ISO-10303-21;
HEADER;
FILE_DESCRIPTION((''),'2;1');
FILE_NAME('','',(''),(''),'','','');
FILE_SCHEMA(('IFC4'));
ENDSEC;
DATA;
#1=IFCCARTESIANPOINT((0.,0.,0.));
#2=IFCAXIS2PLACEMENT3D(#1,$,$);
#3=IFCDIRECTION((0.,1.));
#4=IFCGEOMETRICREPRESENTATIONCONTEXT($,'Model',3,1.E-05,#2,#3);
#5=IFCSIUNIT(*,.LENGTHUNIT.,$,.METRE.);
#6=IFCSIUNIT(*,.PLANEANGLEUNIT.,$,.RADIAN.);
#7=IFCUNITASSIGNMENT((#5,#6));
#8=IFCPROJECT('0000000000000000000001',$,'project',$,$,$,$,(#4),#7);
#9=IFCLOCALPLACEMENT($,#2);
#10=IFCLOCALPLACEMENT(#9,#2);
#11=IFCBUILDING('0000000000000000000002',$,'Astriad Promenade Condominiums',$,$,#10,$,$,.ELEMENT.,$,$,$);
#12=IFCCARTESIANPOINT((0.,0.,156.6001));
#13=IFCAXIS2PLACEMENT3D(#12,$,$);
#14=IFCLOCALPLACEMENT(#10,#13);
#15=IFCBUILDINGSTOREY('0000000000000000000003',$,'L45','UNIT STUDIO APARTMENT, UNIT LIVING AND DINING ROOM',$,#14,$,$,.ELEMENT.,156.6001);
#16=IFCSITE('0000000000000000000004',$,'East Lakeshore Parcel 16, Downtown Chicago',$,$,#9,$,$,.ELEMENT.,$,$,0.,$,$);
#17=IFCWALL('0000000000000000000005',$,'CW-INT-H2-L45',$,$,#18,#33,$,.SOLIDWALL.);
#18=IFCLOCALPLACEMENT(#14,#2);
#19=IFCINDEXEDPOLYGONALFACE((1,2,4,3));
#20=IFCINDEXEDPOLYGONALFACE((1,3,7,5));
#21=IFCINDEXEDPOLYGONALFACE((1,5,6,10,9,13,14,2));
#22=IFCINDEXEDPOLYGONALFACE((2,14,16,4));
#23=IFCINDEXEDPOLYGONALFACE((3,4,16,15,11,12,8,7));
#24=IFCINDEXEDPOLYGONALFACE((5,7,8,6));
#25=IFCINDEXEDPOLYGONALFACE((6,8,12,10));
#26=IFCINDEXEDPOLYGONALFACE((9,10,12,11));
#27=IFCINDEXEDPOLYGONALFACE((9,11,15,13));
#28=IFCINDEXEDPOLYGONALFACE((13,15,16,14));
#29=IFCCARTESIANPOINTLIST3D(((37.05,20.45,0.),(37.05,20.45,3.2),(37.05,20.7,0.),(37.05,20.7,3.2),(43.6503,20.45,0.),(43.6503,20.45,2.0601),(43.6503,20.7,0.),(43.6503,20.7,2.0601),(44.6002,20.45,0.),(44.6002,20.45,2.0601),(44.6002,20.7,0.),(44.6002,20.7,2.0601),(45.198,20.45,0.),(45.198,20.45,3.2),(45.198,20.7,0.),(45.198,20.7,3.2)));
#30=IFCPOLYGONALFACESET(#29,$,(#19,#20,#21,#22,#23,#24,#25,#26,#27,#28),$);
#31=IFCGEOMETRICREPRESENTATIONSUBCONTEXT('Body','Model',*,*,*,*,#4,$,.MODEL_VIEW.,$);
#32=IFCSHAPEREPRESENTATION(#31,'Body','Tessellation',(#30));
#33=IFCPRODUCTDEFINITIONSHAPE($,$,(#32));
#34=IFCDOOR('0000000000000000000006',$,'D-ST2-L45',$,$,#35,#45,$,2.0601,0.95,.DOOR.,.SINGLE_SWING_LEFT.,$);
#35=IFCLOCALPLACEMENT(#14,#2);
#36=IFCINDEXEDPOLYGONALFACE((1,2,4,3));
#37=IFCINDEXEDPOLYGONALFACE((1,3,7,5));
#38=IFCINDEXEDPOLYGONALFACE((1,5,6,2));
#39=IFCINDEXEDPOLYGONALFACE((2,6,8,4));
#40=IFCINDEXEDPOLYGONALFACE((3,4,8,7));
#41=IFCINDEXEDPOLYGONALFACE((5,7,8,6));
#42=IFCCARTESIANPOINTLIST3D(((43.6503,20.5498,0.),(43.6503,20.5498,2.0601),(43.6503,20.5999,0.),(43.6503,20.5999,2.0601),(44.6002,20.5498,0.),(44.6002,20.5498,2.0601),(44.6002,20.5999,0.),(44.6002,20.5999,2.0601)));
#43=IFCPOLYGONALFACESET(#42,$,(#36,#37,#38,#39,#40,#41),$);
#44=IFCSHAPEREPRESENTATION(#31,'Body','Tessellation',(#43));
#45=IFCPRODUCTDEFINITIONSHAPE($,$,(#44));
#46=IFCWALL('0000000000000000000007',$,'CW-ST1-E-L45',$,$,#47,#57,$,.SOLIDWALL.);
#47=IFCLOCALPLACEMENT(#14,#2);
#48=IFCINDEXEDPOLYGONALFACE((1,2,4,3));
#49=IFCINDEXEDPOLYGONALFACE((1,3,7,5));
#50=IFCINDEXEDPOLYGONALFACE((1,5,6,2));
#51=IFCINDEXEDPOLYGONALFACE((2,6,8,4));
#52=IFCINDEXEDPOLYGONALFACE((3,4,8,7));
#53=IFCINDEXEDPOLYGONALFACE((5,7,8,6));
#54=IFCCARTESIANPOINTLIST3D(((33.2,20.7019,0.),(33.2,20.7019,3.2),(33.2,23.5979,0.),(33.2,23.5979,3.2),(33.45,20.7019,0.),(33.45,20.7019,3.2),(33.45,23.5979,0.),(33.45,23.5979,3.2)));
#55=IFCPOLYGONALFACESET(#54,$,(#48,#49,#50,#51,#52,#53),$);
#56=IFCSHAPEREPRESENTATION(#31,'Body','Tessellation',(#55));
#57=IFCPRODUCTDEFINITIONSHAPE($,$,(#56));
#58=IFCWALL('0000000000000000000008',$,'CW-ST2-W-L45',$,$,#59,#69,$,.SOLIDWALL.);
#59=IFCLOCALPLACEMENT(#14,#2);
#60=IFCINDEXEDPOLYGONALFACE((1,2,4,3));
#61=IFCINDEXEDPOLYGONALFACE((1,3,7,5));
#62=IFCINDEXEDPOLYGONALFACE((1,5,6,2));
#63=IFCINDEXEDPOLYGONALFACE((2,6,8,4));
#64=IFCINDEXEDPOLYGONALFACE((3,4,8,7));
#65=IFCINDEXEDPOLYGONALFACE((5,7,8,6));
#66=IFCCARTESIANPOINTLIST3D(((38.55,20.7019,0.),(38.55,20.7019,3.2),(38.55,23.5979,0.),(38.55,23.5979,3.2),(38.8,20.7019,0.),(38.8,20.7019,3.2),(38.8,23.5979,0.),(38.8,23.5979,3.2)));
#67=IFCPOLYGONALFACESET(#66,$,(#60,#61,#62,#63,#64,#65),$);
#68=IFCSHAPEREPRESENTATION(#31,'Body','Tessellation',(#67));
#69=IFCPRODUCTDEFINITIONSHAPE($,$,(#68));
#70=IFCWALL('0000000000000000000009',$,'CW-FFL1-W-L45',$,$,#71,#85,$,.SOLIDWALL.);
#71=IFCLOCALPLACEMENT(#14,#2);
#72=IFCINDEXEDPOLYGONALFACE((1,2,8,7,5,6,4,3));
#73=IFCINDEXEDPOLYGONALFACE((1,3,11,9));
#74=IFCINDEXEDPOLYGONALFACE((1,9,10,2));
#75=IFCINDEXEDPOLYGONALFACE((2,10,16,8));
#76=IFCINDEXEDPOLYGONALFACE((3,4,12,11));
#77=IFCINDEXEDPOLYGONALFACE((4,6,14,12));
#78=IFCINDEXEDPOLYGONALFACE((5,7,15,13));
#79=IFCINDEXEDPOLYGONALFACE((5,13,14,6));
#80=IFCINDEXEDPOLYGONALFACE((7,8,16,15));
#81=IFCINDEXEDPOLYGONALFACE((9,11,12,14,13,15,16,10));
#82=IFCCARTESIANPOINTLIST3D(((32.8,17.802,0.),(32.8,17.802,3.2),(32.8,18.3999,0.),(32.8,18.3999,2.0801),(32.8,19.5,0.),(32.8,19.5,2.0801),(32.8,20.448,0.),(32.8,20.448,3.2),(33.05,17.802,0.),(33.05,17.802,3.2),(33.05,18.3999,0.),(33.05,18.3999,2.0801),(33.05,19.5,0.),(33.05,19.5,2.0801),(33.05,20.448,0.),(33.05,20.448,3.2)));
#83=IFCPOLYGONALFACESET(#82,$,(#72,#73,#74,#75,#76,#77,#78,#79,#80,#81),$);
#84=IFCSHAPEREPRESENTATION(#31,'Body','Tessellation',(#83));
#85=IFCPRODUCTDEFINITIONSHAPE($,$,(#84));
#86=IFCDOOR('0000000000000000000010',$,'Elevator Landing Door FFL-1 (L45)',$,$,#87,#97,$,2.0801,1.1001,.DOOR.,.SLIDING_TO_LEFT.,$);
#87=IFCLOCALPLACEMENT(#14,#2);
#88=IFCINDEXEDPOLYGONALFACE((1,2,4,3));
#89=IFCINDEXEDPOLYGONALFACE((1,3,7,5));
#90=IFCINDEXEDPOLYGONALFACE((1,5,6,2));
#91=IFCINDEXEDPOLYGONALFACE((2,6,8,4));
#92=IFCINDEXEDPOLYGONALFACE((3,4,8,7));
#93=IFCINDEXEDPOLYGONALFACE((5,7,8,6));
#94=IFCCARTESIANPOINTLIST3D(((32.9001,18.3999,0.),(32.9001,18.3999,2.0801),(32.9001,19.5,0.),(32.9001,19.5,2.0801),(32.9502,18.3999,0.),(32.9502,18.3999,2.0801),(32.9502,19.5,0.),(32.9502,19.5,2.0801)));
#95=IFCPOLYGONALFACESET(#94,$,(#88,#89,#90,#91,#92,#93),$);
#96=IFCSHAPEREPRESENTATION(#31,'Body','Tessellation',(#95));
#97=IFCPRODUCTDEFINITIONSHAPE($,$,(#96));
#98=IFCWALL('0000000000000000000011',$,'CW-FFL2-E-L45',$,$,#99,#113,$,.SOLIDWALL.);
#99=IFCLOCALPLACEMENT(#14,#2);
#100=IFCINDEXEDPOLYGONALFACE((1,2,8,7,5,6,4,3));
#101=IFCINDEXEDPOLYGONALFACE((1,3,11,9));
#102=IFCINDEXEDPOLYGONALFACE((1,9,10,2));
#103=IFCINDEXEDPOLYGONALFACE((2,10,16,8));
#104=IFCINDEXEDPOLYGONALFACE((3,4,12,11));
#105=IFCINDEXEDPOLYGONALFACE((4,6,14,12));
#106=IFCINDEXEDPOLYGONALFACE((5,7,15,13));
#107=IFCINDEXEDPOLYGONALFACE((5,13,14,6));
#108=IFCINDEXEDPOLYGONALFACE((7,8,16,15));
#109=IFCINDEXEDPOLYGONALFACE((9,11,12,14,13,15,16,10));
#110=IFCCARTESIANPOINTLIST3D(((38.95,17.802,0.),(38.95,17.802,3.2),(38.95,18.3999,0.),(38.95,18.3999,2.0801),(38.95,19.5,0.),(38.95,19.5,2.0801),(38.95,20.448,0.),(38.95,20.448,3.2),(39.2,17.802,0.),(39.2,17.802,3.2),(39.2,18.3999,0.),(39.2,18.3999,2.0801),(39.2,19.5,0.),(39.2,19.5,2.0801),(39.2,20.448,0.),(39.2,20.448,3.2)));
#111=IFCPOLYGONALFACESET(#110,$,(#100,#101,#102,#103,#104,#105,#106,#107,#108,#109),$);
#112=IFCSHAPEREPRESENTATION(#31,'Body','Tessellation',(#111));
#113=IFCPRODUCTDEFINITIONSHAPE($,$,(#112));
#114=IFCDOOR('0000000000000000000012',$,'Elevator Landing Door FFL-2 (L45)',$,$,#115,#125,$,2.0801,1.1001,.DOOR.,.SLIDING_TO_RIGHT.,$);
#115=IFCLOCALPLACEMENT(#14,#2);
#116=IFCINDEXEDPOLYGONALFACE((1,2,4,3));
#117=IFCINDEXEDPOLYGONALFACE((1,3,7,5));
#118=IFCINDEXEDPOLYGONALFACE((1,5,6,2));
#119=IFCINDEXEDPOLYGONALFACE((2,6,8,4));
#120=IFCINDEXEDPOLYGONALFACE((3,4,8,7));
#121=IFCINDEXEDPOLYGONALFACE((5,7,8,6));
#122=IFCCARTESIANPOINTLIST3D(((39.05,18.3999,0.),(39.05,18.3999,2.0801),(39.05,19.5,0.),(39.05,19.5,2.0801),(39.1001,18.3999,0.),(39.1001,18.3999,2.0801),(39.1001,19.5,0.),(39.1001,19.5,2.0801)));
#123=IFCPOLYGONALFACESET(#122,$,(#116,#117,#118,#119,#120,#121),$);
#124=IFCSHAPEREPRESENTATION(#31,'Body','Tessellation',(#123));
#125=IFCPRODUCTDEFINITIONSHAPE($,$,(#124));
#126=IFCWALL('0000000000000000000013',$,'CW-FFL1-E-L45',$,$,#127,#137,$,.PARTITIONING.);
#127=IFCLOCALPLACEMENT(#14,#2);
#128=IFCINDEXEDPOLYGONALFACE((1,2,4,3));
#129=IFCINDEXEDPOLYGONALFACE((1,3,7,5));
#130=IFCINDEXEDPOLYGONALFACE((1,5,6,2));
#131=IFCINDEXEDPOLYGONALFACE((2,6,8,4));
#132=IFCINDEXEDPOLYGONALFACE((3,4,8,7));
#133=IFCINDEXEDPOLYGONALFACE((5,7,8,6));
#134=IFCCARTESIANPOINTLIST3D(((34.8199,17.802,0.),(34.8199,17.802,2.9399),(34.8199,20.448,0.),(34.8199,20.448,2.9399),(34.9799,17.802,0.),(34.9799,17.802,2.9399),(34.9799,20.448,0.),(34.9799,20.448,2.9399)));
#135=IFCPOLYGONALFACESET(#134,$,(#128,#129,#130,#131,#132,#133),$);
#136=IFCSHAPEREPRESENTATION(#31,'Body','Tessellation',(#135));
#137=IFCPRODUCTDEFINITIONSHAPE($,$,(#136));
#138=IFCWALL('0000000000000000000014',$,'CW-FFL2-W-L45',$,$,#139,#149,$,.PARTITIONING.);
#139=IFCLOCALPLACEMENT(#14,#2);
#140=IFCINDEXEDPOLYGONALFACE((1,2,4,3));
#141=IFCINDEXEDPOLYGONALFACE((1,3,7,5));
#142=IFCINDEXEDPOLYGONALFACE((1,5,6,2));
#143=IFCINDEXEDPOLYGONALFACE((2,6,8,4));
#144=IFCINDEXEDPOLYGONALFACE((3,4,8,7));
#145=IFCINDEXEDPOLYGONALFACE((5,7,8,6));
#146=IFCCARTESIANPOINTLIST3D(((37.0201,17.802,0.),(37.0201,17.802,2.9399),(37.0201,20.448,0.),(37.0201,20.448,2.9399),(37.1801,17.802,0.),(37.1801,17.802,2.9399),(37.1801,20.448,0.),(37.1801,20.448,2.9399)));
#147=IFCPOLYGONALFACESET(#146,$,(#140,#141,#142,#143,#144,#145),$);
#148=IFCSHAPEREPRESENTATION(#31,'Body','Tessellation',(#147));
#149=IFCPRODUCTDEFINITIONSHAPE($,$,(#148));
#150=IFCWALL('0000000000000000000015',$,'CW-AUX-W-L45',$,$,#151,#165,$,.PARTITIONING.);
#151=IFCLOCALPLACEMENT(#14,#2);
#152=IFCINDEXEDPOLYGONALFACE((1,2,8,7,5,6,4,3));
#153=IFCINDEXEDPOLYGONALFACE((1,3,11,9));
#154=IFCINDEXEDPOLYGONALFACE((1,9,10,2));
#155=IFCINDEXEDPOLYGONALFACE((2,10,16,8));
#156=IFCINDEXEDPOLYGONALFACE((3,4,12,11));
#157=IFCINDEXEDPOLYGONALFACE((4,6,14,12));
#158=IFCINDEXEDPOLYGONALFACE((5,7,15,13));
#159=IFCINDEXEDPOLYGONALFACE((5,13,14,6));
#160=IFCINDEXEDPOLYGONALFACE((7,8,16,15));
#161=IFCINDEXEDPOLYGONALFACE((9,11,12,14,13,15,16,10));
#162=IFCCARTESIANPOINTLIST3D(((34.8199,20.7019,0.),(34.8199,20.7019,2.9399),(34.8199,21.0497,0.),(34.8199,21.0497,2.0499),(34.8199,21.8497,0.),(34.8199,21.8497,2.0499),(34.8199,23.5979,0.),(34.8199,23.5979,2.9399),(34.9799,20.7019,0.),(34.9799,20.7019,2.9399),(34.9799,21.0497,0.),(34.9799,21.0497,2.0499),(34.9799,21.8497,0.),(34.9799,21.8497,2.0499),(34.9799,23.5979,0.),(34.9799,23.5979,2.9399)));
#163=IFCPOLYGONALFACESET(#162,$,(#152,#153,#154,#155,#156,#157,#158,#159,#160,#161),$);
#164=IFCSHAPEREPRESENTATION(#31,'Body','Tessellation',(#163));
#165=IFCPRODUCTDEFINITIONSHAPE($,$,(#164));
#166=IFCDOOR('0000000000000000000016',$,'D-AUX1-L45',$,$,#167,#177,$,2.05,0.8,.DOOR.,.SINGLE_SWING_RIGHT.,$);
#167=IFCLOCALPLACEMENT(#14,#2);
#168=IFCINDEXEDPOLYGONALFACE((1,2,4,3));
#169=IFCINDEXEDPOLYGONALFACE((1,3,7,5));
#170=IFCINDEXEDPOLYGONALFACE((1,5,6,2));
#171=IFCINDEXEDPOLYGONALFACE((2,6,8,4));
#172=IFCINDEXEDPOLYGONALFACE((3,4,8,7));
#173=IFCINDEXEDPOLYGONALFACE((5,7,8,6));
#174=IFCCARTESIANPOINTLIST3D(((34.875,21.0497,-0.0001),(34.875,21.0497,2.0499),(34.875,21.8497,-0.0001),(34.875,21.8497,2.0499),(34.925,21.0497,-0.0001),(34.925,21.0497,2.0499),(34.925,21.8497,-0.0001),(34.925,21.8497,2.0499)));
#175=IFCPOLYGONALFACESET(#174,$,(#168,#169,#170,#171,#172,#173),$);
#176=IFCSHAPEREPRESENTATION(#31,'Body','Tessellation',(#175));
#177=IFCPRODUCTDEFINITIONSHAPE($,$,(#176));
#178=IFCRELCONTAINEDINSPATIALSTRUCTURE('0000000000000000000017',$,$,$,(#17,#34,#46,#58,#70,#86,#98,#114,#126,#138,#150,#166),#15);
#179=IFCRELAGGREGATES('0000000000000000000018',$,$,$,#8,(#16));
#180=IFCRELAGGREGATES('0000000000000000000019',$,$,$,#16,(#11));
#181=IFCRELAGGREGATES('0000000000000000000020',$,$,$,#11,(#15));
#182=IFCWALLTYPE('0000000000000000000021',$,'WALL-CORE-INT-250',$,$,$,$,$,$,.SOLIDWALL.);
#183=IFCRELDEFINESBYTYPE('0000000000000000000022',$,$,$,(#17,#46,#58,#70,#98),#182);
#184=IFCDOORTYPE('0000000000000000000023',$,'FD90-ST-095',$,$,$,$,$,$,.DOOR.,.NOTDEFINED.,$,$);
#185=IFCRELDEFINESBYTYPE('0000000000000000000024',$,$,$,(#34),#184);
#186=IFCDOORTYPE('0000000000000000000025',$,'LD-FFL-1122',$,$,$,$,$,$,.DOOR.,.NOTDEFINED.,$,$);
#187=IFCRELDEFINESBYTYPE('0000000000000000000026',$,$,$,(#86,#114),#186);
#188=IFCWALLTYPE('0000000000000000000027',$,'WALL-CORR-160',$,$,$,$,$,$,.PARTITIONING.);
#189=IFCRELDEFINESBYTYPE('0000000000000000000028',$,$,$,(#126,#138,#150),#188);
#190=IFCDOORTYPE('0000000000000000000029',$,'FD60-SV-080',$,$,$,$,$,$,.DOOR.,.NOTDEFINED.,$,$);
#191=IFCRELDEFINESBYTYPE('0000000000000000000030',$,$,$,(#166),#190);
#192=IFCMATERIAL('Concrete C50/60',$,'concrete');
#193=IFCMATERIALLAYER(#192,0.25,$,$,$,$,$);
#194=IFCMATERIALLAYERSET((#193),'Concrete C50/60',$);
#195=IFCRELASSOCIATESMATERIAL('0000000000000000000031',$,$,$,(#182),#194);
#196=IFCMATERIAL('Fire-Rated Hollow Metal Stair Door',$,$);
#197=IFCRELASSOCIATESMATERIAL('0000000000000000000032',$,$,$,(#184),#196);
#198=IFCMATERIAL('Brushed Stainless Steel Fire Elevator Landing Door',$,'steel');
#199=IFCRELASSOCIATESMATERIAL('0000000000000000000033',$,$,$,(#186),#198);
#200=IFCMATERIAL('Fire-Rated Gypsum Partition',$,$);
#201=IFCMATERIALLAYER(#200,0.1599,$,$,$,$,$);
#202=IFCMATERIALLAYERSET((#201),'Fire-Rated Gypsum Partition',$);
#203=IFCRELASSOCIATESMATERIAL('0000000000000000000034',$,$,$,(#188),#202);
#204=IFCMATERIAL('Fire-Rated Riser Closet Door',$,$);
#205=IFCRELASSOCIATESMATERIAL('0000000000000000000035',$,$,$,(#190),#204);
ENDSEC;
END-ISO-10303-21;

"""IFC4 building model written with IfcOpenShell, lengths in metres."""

from ifc_helpers import new_model, si_unit, direction, frame, frame_2d, origin, place, context, subcontext, project, spatial, rectangle, extrude, source, transform, mapped, material, layer, layer_set, type_object, type_shapes, element, fill, save


model = new_model("IFC4")

# Units and contexts
model_context = context("Model", 3, precision=1e-05, world=origin(), true_north=direction((0.0, 1.0)))
body_context = subcontext(model_context, "Body", "Model", "MODEL_VIEW")
ifc_project = project(units=[si_unit("LENGTHUNIT", "METRE"), si_unit("PLANEANGLEUNIT", "RADIAN")], contexts=[model_context])

# Site, building, storey
site_placement = place(None, origin())
site = spatial("IfcSite", under=ifc_project, at=site_placement, Name="East Lakeshore Parcel 16, Downtown Chicago", CompositionType="ELEMENT", RefElevation=0.0)
building_placement = place(site_placement, origin())
building = spatial("IfcBuilding", under=site, at=building_placement, Name="Astriad Promenade Condominiums", CompositionType="ELEMENT")
storey_placement = place(building_placement, frame((0.0, 0.0, 156.6001)))
storey = spatial("IfcBuildingStorey", under=building, at=storey_placement, Name="L45", Description="UNIT STUDIO APARTMENT, UNIT LIVING AND DINING ROOM", CompositionType="ELEMENT", Elevation=156.6001)

# Wall, opening, door
ifc_material_1 = material(Name="Concrete C50/60", Category="concrete")
ifc_layer_1 = layer(ifc_material_1, 0.25)
ifc_layer_set_1 = layer_set([ifc_layer_1], Name="Concrete C50/60")
wall_type_1 = type_object("IfcWallType", Name="WALL-CORE-INT-250", PredefinedType="SOLIDWALL", material=ifc_layer_set_1)
wall_1_placement = place(storey_placement, frame((37.05, 20.575, 0.0), z_axis=(0.0, 0.0, 1.0), x_axis=(1.0, 0.0, 0.0)))
wall_1 = element("IfcWall", 1, at=wall_1_placement, inside=storey, type_object=wall_type_1, Name="CW-INT-H2-L45", PredefinedType="SOLIDWALL", context=body_context, shape_type="SweptSolid", body=[
    extrude(rectangle(XDim=8.1479, YDim=0.25, at=frame_2d((4.074, 0.0))), origin(), (0.0, 0.0, 1.0), 3.2),
])
opening_1_placement = place(wall_1_placement, frame((6.6001, 0.0, 0.0)))
opening_1 = element("IfcOpeningElement", 2, at=opening_1_placement, cuts=wall_1, PredefinedType="OPENING", context=body_context, shape_type="SweptSolid", body=[
    extrude(rectangle(XDim=0.95, YDim=2.0601, at=frame_2d((0.4751, 1.03))), frame((0.0, 0.135, 0.0), z_axis=(0.0, -1.0, 0.0), x_axis=(1.0, 0.0, 0.0)), (0.0, 0.0, 1.0), 0.27),
])
ifc_material_2 = material(Name="Fire-Rated Hollow Metal Stair Door")
door_type_1 = type_object("IfcDoorType", Name="FD90-ST-095", OperationType="NOTDEFINED", PredefinedType="DOOR", material=ifc_material_2)
shared_shape_1 = source(origin(), body_context, "Body", "SweptSolid", [
    extrude(rectangle(XDim=0.95, YDim=2.0601, at=frame_2d((0.4751, 1.03))), frame((0.0, 0.0249, 0.0), z_axis=(0.0, -1.0, 0.0), x_axis=(1.0, 0.0, 0.0)), (0.0, 0.0, 1.0), 0.05),
])
type_shapes(door_type_1, [shared_shape_1])
door_1_placement = place(opening_1_placement, origin())
door_1 = element("IfcDoor", 3, at=door_1_placement, inside=storey, type_object=door_type_1, Name="D-ST2-L45", OperationType="SINGLE_SWING_LEFT", OverallHeight=2.0601, OverallWidth=0.95, PredefinedType="DOOR", context=body_context, shape_type="MappedRepresentation", body=[
    mapped(shared_shape_1, transform((0.0, 0.0, 0.0), scale=1.0)),
])
fill(opening_1, door_1)

# Walls
for number, where, z_axis, x_axis, name in (
    (4, (33.325, 20.7019, 0.0), (0.0, 0.0, 1.0), (0.0, 1.0, 0.0), "CW-ST1-E-L45"),
    (5, (38.675, 20.7019, 0.0), (0.0, 0.0, 1.0), (0.0, 1.0, 0.0), "CW-ST2-W-L45"),
):
    element("IfcWall", number, at=place(storey_placement, frame(where, z_axis=z_axis, x_axis=x_axis)), inside=storey, type_object=wall_type_1, Name=name, PredefinedType="SOLIDWALL", context=body_context, shape_type="SweptSolid", body=[
        extrude(rectangle(XDim=2.896, YDim=0.25, at=frame_2d((1.448, 0.0))), origin(), (0.0, 0.0, 1.0), 3.2),
    ])

# Walls, openings, doors
wall_2_placement = place(storey_placement, frame((32.925, 17.802, 0.0), z_axis=(0.0, 0.0, 1.0), x_axis=(0.0, 1.0, 0.0)))
wall_2 = element("IfcWall", 6, at=wall_2_placement, inside=storey, type_object=wall_type_1, Name="CW-FFL1-W-L45", PredefinedType="SOLIDWALL", context=body_context, shape_type="SweptSolid", body=[
    extrude(rectangle(XDim=2.646, YDim=0.25, at=frame_2d((1.323, 0.0))), origin(), (0.0, 0.0, 1.0), 3.2),
])
opening_2_placement = place(wall_2_placement, frame((0.5979, 0.0, 0.0)))
opening_2 = element("IfcOpeningElement", 7, at=opening_2_placement, cuts=wall_2, PredefinedType="OPENING", context=body_context, shape_type="SweptSolid", body=[
    extrude(rectangle(XDim=1.1001, YDim=2.0801, at=frame_2d((0.55, 1.04))), frame((0.0, 0.135, 0.0), z_axis=(0.0, -1.0, 0.0), x_axis=(1.0, 0.0, 0.0)), (0.0, 0.0, 1.0), 0.27),
])
ifc_material_3 = material(Name="Brushed Stainless Steel Fire Elevator Landing Door", Category="steel")
door_type_2 = type_object("IfcDoorType", Name="LD-FFL-1122", OperationType="NOTDEFINED", PredefinedType="DOOR", material=ifc_material_3)
shared_shape_2 = source(origin(), body_context, "Body", "SweptSolid", [
    extrude(rectangle(XDim=1.1001, YDim=2.0801, at=frame_2d((0.55, 1.04))), frame((0.0, 0.0249, 0.0), z_axis=(0.0, -1.0, 0.0), x_axis=(1.0, 0.0, 0.0)), (0.0, 0.0, 1.0), 0.05),
])
type_shapes(door_type_2, [shared_shape_2])
door_2_placement = place(opening_2_placement, origin())
door_2 = element("IfcDoor", 8, at=door_2_placement, inside=storey, type_object=door_type_2, Name="Elevator Landing Door FFL-1 (L45)", OperationType="SLIDING_TO_LEFT", OverallHeight=2.0801, OverallWidth=1.1001, PredefinedType="DOOR", context=body_context, shape_type="MappedRepresentation", body=[
    mapped(shared_shape_2, transform((0.0, 0.0, 0.0), scale=1.0)),
])
fill(opening_2, door_2)
wall_3_placement = place(storey_placement, frame((39.075, 17.802, 0.0), z_axis=(0.0, 0.0, 1.0), x_axis=(0.0, 1.0, 0.0)))
wall_3 = element("IfcWall", 9, at=wall_3_placement, inside=storey, type_object=wall_type_1, Name="CW-FFL2-E-L45", PredefinedType="SOLIDWALL", context=body_context, shape_type="SweptSolid", body=[
    extrude(rectangle(XDim=2.646, YDim=0.25, at=frame_2d((1.323, 0.0))), origin(), (0.0, 0.0, 1.0), 3.2),
])
opening_3_placement = place(wall_3_placement, frame((0.5979, 0.0, 0.0)))
opening_3 = element("IfcOpeningElement", 10, at=opening_3_placement, cuts=wall_3, PredefinedType="OPENING", context=body_context, shape_type="SweptSolid", body=[
    extrude(rectangle(XDim=1.1001, YDim=2.0801, at=frame_2d((0.55, 1.04))), frame((0.0, 0.135, 0.0), z_axis=(0.0, -1.0, 0.0), x_axis=(1.0, 0.0, 0.0)), (0.0, 0.0, 1.0), 0.27),
])
door_3_placement = place(opening_3_placement, origin())
door_3 = element("IfcDoor", 11, at=door_3_placement, inside=storey, type_object=door_type_2, Name="Elevator Landing Door FFL-2 (L45)", OperationType="SLIDING_TO_RIGHT", OverallHeight=2.0801, OverallWidth=1.1001, PredefinedType="DOOR", context=body_context, shape_type="MappedRepresentation", body=[
    mapped(shared_shape_2, transform((0.0, 0.0, 0.0), scale=1.0)),
])
fill(opening_3, door_3)

# Walls
ifc_material_4 = material(Name="Fire-Rated Gypsum Partition")
ifc_layer_2 = layer(ifc_material_4, 0.1599)
ifc_layer_set_2 = layer_set([ifc_layer_2], Name="Fire-Rated Gypsum Partition")
wall_type_2 = type_object("IfcWallType", Name="WALL-CORR-160", PredefinedType="PARTITIONING", material=ifc_layer_set_2)
for number, where, z_axis, x_axis, name in (
    (12, (34.8999, 17.802, 0.0), (0.0, 0.0, 1.0), (0.0, 1.0, 0.0), "CW-FFL1-E-L45"),
    (13, (37.1001, 17.802, 0.0), (0.0, 0.0, 1.0), (0.0, 1.0, 0.0), "CW-FFL2-W-L45"),
):
    element("IfcWall", number, at=place(storey_placement, frame(where, z_axis=z_axis, x_axis=x_axis)), inside=storey, type_object=wall_type_2, Name=name, PredefinedType="PARTITIONING", context=body_context, shape_type="SweptSolid", body=[
        extrude(rectangle(XDim=2.646, YDim=0.1599, at=frame_2d((1.323, 0.0))), origin(), (0.0, 0.0, 1.0), 2.9399),
    ])

# Wall, opening, door
wall_4_placement = place(storey_placement, frame((34.8999, 20.7019, 0.0), z_axis=(0.0, 0.0, 1.0), x_axis=(0.0, 1.0, 0.0)))
wall_4 = element("IfcWall", 14, at=wall_4_placement, inside=storey, type_object=wall_type_2, Name="CW-AUX-W-L45", PredefinedType="PARTITIONING", context=body_context, shape_type="SweptSolid", body=[
    extrude(rectangle(XDim=2.896, YDim=0.1599, at=frame_2d((1.448, 0.0))), origin(), (0.0, 0.0, 1.0), 2.9399),
])
opening_4_placement = place(wall_4_placement, frame((0.3479, 0.0, 0.0)))
opening_4 = element("IfcOpeningElement", 15, at=opening_4_placement, cuts=wall_4, PredefinedType="OPENING", context=body_context, shape_type="SweptSolid", body=[
    extrude(rectangle(XDim=0.8, YDim=2.05, at=frame_2d((0.3999, 1.0249))), frame((0.0, 0.0898, 0.0), z_axis=(0.0, -1.0, 0.0), x_axis=(1.0, 0.0, 0.0)), (0.0, 0.0, 1.0), 0.1799),
])
ifc_material_5 = material(Name="Fire-Rated Riser Closet Door")
door_type_3 = type_object("IfcDoorType", Name="FD60-SV-080", OperationType="NOTDEFINED", PredefinedType="DOOR", material=ifc_material_5)
shared_shape_3 = source(origin(), body_context, "Body", "SweptSolid", [
    extrude(rectangle(XDim=0.8, YDim=2.05, at=frame_2d((0.3999, 1.0249))), frame((0.0, 0.0249, 0.0), z_axis=(0.0, -1.0, 0.0), x_axis=(1.0, 0.0, 0.0)), (0.0, 0.0, 1.0), 0.05),
])
type_shapes(door_type_3, [shared_shape_3])
door_4_placement = place(opening_4_placement, origin())
door_4 = element("IfcDoor", 16, at=door_4_placement, inside=storey, type_object=door_type_3, Name="D-AUX1-L45", OperationType="SINGLE_SWING_RIGHT", OverallHeight=2.05, OverallWidth=0.8, PredefinedType="DOOR", context=body_context, shape_type="MappedRepresentation", body=[
    mapped(shared_shape_3, transform((0.0, 0.0, 0.0), scale=1.0)),
])
fill(opening_4, door_4)

save(model, "model.ifc")
